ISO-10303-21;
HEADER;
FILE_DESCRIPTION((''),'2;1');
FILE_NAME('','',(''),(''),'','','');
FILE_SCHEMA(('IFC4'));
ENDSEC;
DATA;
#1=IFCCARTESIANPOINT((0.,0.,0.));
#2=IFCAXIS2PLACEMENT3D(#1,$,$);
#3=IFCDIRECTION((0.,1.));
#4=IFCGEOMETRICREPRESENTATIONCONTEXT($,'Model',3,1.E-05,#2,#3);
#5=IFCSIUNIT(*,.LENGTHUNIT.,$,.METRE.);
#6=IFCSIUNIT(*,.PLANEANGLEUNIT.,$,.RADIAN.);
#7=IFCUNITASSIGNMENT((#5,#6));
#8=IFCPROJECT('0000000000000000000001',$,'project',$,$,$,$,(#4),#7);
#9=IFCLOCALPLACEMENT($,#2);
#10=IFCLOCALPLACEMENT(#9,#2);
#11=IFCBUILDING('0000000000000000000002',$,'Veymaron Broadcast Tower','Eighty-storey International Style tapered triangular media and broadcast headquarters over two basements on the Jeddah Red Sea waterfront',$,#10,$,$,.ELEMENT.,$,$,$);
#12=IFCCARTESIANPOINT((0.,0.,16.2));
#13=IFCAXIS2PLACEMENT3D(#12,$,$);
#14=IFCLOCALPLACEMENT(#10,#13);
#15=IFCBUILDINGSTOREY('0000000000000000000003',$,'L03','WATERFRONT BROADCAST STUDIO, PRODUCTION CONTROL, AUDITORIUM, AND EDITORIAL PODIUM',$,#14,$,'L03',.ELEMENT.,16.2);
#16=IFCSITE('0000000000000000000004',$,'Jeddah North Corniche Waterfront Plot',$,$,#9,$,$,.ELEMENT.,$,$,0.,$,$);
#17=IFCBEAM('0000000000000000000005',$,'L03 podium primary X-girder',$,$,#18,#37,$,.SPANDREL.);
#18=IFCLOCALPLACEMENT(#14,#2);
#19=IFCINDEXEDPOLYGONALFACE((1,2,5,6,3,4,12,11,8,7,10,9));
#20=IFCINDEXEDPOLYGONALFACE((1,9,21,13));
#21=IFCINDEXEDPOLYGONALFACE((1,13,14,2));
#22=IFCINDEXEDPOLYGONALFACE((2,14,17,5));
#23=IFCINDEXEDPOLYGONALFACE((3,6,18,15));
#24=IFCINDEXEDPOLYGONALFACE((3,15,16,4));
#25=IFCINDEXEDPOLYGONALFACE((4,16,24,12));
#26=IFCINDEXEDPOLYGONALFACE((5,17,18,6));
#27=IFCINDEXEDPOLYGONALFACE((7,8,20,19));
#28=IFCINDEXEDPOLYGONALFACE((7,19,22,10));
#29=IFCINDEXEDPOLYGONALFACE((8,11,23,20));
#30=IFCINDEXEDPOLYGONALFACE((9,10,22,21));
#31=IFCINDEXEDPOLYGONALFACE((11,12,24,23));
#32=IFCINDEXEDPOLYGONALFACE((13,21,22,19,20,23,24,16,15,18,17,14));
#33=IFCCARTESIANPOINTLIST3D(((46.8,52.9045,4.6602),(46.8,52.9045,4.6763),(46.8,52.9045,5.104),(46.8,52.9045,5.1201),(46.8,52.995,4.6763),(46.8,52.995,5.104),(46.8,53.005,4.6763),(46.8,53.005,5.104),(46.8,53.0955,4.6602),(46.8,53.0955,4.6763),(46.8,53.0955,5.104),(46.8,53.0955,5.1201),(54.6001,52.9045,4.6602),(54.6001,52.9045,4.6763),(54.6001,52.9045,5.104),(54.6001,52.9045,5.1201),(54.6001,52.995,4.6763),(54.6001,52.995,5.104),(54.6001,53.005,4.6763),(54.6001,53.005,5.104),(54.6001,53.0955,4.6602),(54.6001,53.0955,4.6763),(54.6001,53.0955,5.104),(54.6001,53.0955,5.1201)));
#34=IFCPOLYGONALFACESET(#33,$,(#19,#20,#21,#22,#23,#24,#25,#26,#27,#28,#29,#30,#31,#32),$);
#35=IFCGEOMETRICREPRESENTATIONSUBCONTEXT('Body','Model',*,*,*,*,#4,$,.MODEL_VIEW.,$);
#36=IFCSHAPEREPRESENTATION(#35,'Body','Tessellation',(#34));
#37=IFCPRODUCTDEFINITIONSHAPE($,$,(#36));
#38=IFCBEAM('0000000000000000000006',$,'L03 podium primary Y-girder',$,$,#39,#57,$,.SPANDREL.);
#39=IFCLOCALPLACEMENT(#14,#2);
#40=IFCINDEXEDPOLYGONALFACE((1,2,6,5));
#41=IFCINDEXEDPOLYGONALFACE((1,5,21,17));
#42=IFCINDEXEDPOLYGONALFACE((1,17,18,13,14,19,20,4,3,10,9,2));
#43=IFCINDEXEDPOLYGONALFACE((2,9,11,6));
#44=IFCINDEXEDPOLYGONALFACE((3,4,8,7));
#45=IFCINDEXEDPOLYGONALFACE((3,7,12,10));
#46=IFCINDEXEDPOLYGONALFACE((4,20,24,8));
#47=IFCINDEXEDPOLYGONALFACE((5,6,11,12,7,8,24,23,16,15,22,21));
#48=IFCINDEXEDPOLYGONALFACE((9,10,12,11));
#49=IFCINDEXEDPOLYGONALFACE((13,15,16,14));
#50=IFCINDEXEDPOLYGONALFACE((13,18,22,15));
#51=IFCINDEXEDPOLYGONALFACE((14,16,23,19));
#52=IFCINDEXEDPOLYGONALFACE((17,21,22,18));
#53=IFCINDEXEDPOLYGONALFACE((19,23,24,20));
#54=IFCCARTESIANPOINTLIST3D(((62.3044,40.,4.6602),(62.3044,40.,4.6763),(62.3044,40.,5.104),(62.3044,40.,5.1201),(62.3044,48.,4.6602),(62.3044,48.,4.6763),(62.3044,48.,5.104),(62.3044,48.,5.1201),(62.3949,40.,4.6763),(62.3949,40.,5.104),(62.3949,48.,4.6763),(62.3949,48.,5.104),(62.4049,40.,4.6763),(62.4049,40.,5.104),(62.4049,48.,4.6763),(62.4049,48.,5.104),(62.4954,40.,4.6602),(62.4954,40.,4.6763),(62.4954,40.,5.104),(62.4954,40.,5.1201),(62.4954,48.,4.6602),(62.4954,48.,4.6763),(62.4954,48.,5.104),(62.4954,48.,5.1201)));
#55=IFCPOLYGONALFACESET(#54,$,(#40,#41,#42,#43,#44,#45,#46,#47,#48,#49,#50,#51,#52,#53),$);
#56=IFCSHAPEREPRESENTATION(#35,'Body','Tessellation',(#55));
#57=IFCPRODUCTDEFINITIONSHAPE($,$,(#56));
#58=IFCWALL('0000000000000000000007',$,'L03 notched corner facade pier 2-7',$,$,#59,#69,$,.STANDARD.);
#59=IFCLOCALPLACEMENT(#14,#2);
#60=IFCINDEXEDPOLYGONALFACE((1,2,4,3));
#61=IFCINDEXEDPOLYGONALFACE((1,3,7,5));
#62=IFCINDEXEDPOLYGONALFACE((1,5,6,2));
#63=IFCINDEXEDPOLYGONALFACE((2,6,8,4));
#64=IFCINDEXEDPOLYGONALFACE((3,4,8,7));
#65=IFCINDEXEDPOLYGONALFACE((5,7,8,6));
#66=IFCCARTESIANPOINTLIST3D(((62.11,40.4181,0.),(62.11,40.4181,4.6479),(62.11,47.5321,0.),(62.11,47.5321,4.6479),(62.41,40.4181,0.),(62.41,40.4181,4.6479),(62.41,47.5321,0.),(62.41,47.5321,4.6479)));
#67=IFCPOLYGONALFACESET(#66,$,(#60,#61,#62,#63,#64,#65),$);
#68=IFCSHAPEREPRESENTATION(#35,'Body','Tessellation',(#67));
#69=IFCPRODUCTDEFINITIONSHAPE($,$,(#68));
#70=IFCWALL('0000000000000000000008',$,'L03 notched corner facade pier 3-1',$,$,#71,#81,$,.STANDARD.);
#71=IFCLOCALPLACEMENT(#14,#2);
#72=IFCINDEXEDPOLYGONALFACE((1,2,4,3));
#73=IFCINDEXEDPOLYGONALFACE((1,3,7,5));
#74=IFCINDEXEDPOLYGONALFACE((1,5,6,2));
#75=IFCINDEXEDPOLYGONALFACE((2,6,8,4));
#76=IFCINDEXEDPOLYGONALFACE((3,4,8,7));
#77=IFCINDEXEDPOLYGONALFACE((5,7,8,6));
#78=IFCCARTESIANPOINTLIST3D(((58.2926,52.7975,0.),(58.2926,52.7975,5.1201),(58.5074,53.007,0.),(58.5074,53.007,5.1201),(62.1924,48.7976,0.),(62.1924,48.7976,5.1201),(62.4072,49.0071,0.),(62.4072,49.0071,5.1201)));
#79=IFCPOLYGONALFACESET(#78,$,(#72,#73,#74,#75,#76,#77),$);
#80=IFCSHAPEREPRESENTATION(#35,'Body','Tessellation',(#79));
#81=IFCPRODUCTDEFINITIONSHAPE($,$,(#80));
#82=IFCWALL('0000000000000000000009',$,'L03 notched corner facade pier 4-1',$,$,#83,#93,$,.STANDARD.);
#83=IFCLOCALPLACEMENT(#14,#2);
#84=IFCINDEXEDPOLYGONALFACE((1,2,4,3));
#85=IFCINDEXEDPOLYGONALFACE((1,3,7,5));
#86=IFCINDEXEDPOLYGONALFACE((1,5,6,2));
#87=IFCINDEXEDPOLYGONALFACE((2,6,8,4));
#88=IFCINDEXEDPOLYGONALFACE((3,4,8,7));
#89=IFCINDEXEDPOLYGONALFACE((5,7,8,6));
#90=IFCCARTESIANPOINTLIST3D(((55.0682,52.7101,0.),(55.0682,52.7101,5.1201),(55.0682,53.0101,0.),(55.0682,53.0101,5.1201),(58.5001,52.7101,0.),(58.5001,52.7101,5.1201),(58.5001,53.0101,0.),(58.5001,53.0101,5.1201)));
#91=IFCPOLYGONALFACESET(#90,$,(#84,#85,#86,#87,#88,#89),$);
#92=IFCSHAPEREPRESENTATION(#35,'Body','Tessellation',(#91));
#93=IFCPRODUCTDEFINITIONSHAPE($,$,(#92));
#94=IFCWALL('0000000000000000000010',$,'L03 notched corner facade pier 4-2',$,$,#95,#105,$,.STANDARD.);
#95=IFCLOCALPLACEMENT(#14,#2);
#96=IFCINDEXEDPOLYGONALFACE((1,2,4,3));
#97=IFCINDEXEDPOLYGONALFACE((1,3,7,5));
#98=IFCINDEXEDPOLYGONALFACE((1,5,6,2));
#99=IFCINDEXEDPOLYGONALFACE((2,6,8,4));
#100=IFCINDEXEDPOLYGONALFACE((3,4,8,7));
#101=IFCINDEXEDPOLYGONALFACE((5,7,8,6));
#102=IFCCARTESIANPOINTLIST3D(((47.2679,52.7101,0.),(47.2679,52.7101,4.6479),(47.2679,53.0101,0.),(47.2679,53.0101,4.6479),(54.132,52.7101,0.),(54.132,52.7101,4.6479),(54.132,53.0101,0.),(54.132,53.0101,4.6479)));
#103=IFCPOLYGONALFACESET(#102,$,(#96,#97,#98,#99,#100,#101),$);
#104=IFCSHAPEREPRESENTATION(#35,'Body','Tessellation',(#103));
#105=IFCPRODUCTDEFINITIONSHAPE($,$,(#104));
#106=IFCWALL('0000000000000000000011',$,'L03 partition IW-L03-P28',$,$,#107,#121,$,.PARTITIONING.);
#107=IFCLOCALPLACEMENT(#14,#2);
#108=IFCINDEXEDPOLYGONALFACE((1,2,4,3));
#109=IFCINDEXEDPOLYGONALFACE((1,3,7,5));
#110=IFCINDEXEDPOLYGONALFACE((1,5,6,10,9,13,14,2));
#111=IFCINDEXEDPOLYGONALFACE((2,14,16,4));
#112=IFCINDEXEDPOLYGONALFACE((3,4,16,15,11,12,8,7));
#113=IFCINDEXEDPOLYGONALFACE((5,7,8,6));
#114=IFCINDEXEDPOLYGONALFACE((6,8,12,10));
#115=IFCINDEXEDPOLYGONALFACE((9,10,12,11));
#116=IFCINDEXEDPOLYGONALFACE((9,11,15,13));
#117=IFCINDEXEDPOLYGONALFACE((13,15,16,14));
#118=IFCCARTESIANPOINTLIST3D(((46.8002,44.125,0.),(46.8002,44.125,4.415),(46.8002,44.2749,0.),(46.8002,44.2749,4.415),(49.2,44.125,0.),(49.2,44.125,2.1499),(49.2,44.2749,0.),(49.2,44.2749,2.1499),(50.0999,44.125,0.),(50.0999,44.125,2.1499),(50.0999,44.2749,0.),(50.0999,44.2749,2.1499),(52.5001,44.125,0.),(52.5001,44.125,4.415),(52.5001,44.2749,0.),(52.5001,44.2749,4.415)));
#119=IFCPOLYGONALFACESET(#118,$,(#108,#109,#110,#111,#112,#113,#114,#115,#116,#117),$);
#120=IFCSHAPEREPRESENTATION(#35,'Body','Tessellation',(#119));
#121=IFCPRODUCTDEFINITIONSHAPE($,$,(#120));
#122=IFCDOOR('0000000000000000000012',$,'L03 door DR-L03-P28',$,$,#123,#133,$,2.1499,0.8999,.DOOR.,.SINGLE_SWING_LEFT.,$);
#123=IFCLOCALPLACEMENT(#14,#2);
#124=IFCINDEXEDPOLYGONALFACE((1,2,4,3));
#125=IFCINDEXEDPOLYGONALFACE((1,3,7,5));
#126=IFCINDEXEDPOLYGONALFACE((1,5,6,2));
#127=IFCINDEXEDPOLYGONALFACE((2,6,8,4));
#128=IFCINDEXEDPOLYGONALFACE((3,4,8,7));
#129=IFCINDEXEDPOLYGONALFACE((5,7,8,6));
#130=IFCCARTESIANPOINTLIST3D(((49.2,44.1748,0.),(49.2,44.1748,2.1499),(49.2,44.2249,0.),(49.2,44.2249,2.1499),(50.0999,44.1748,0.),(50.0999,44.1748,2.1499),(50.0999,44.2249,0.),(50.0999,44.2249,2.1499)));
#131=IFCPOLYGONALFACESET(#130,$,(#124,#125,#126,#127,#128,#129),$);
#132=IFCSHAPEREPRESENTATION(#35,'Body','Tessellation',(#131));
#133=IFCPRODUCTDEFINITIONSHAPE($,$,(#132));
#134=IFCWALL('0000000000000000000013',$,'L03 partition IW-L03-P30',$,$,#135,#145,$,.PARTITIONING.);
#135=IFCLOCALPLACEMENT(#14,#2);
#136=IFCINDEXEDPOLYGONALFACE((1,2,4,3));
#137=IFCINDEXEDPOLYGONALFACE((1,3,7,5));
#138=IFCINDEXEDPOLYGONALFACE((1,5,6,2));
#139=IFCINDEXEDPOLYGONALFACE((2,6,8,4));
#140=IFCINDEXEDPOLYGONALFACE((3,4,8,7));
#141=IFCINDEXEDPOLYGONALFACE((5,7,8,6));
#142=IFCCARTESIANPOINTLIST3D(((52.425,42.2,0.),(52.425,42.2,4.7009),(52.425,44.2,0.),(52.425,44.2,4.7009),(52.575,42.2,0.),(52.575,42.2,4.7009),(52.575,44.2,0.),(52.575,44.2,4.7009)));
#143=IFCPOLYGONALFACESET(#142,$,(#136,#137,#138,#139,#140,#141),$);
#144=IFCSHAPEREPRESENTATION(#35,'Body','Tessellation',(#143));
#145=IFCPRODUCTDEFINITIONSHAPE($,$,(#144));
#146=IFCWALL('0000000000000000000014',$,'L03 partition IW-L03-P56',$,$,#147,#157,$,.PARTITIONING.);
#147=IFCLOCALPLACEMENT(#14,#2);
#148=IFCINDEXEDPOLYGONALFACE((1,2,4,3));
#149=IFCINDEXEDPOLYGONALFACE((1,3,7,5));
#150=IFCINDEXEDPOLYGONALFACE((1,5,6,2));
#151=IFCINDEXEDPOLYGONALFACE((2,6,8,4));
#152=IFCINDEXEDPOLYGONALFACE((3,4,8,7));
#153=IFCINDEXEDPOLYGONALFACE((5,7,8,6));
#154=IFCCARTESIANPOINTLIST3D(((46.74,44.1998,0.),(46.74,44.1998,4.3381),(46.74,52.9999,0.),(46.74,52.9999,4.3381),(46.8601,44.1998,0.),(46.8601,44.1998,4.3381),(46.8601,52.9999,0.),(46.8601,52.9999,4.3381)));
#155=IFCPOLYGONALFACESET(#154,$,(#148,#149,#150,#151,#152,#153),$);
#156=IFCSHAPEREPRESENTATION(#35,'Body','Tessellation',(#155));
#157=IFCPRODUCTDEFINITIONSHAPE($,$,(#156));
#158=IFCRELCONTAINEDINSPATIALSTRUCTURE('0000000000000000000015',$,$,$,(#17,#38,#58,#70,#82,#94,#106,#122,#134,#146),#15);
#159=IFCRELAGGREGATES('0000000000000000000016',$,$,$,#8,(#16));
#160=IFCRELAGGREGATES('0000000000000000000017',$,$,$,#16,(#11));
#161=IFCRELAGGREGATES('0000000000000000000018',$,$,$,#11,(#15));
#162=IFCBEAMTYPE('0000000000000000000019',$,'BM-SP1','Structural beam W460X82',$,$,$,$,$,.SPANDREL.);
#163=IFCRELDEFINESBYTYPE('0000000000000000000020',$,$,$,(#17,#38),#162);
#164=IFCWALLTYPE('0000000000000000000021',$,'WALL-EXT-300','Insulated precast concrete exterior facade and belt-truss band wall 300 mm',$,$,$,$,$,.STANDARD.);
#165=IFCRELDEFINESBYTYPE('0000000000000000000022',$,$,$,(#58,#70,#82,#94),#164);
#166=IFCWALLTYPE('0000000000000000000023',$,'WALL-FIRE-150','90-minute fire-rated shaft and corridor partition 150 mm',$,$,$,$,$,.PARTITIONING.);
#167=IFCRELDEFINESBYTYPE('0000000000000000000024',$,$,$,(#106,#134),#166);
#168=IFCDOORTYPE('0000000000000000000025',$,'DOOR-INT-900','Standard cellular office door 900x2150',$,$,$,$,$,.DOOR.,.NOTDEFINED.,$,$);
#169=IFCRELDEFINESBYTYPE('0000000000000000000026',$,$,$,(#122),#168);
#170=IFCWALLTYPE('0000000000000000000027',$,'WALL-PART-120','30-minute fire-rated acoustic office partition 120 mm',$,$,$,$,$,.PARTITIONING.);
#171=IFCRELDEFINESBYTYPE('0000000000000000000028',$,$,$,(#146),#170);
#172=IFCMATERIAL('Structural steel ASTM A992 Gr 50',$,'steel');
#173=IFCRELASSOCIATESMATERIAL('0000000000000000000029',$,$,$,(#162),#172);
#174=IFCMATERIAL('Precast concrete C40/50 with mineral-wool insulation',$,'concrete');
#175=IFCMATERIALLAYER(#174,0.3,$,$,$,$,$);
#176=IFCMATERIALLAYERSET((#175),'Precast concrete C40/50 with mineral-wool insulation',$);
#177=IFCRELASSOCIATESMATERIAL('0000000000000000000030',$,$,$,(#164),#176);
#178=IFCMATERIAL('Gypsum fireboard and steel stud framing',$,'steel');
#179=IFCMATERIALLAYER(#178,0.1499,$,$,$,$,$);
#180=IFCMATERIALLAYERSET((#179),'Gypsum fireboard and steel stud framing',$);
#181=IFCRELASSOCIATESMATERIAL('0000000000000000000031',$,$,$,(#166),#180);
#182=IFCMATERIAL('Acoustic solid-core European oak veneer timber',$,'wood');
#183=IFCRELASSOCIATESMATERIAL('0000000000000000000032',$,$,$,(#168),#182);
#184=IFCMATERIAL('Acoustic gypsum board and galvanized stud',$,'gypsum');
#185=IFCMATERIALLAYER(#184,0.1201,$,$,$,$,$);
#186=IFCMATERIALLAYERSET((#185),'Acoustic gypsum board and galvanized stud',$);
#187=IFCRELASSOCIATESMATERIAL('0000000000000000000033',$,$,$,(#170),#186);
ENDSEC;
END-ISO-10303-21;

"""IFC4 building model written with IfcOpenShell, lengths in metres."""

from ifc_helpers import new_model, si_unit, direction, frame, frame_2d, origin, origin_2d, place, context, subcontext, project, spatial, rectangle, i_section, extrude, material, layer, layer_set, material_profile, profile_set, type_object, element, fill, save


model = new_model("IFC4")

# Units and contexts
model_context = context("Model", 3, precision=1e-05, world=origin(), true_north=direction((0.0, 1.0)))
body_context = subcontext(model_context, "Body", "Model", "MODEL_VIEW")
ifc_project = project(units=[si_unit("LENGTHUNIT", "METRE"), si_unit("PLANEANGLEUNIT", "RADIAN")], contexts=[model_context])

# Site, building, storey
site_placement = place(None, origin())
site = spatial("IfcSite", under=ifc_project, at=site_placement, Name="Jeddah North Corniche Waterfront Plot", CompositionType="ELEMENT", RefElevation=0.0)
building_placement = place(site_placement, origin())
building = spatial("IfcBuilding", under=site, at=building_placement, Name="Veymaron Broadcast Tower", Description="Eighty-storey International Style tapered triangular media and broadcast headquarters over two basements on the Jeddah Red Sea waterfront", CompositionType="ELEMENT")
storey_placement = place(building_placement, frame((0.0, 0.0, 16.2)))
storey = spatial("IfcBuildingStorey", under=building, at=storey_placement, Name="L03", Description="WATERFRONT BROADCAST STUDIO, PRODUCTION CONTROL, AUDITORIUM, AND EDITORIAL PODIUM", LongName="L03", CompositionType="ELEMENT", Elevation=16.2)

# Shared definitions
ifc_material_1 = material(Name="Structural steel ASTM A992 Gr 50", Category="steel")

# Beams
ifc_material_profile_1 = material_profile(ifc_material_1, i_section(OverallWidth=0.1909, OverallDepth=0.46, WebThickness=0.01, FlangeThickness=0.0161, at=origin_2d()), Name="W460X82")
ifc_profile_set_1 = profile_set([ifc_material_profile_1], Name="Structural steel ASTM A992 Gr 50")
beam_type_1 = type_object("IfcBeamType", Name="BM-SP1", Description="Structural beam W460X82", PredefinedType="SPANDREL", material=ifc_profile_set_1)
beam_1_placement = place(storey_placement, frame((46.8, 53.0, 4.8901), z_axis=(1.0, 0.0, 0.0), x_axis=(0.0, 1.0, 0.0)))
element("IfcBeam", 1, at=beam_1_placement, inside=storey, type_object=beam_type_1, Name="L03 podium primary X-girder", PredefinedType="SPANDREL", context=body_context, shape_type="SweptSolid", body=[
    extrude(i_section(OverallWidth=0.1909, OverallDepth=0.46, WebThickness=0.01, FlangeThickness=0.0161, at=origin_2d()), origin(), (0.0, 0.0, 1.0), 7.8),
])
beam_2_placement = place(storey_placement, frame((62.3999, 40.0, 4.8901), z_axis=(0.0, 1.0, 0.0), x_axis=(-1.0, 0.0, 0.0)))
element("IfcBeam", 2, at=beam_2_placement, inside=storey, type_object=beam_type_1, Name="L03 podium primary Y-girder", PredefinedType="SPANDREL", context=body_context, shape_type="SweptSolid", body=[
    extrude(i_section(OverallWidth=0.1909, OverallDepth=0.46, WebThickness=0.01, FlangeThickness=0.0161, at=origin_2d()), origin(), (0.0, 0.0, 1.0), 8.0),
])

# Walls
ifc_material_2 = material(Name="Precast concrete C40/50 with mineral-wool insulation", Category="concrete")
ifc_layer_1 = layer(ifc_material_2, 0.3)
ifc_layer_set_1 = layer_set([ifc_layer_1], Name="Precast concrete C40/50 with mineral-wool insulation")
wall_type_1 = type_object("IfcWallType", Name="WALL-EXT-300", Description="Insulated precast concrete exterior facade and belt-truss band wall 300 mm", PredefinedType="STANDARD", material=ifc_layer_set_1)
wall_1_placement = place(storey_placement, frame((62.26, 40.418, 0.0), z_axis=(0.0, 0.0, 1.0), x_axis=(0.0, 1.0, 0.0)))
element("IfcWall", 3, at=wall_1_placement, inside=storey, type_object=wall_type_1, Name="L03 notched corner facade pier 2-7", PredefinedType="STANDARD", context=body_context, shape_type="SweptSolid", body=[
    extrude(rectangle(XDim=7.114, YDim=0.3, at=frame_2d((3.5571, 0.0))), origin(), (0.0, 0.0, 1.0), 4.6479),
])
wall_2_placement = place(storey_placement, frame((62.2998, 48.9023, 0.0), z_axis=(0.0, 0.0, 1.0), x_axis=(-0.698091, 0.716009, 0.0)))
element("IfcWall", 4, at=wall_2_placement, inside=storey, type_object=wall_type_1, Name="L03 notched corner facade pier 3-1", PredefinedType="STANDARD", context=body_context, shape_type="SweptSolid", body=[
    extrude(rectangle(XDim=5.5864, YDim=0.3, at=frame_2d((2.7932, 0.0))), origin(), (0.0, 0.0, 1.0), 5.1201),
])
wall_3_placement = place(storey_placement, frame((58.5, 52.8601, 0.0), z_axis=(0.0, 0.0, 1.0), x_axis=(-1.0, 0.0, 0.0)))
element("IfcWall", 5, at=wall_3_placement, inside=storey, type_object=wall_type_1, Name="L03 notched corner facade pier 4-1", PredefinedType="STANDARD", context=body_context, shape_type="SweptSolid", body=[
    extrude(rectangle(XDim=3.4319, YDim=0.3, at=frame_2d((1.7158, 0.0))), origin(), (0.0, 0.0, 1.0), 5.1201),
])
wall_4_placement = place(storey_placement, frame((54.1321, 52.8601, 0.0), z_axis=(0.0, 0.0, 1.0), x_axis=(-1.0, 0.0, 0.0)))
element("IfcWall", 6, at=wall_4_placement, inside=storey, type_object=wall_type_1, Name="L03 notched corner facade pier 4-2", PredefinedType="STANDARD", context=body_context, shape_type="SweptSolid", body=[
    extrude(rectangle(XDim=6.864, YDim=0.3, at=frame_2d((3.4321, 0.0))), origin(), (0.0, 0.0, 1.0), 4.6479),
])

# Wall, opening, door
ifc_material_3 = material(Name="Gypsum fireboard and steel stud framing", Category="steel")
ifc_layer_2 = layer(ifc_material_3, 0.1499)
ifc_layer_set_2 = layer_set([ifc_layer_2], Name="Gypsum fireboard and steel stud framing")
wall_type_2 = type_object("IfcWallType", Name="WALL-FIRE-150", Description="90-minute fire-rated shaft and corridor partition 150 mm", PredefinedType="PARTITIONING", material=ifc_layer_set_2)
wall_5_placement = place(storey_placement, frame((46.8, 44.2, 0.0), z_axis=(0.0, 0.0, 1.0), x_axis=(1.0, 0.0, 0.0)))
wall_5 = element("IfcWall", 7, at=wall_5_placement, inside=storey, type_object=wall_type_2, Name="L03 partition IW-L03-P28", PredefinedType="PARTITIONING", context=body_context, shape_type="SweptSolid", body=[
    extrude(rectangle(XDim=5.7, YDim=0.1499, at=frame_2d((2.8501, 0.0))), origin(), (0.0, 0.0, 1.0), 4.415),
])
opening_placement = place(wall_5_placement, frame((2.3999, 0.0, 0.0)))
opening = element("IfcOpeningElement", 8, at=opening_placement, cuts=wall_5, PredefinedType="OPENING", context=body_context, shape_type="SweptSolid", body=[
    extrude(rectangle(XDim=0.8999, YDim=2.1499, at=frame_2d((0.45, 1.075))), frame((0.0, 0.085, 0.0), z_axis=(0.0, -1.0, 0.0), x_axis=(1.0, 0.0, 0.0)), (0.0, 0.0, 1.0), 0.1699),
])
ifc_material_4 = material(Name="Acoustic solid-core European oak veneer timber", Category="wood")
door_type = type_object("IfcDoorType", Name="DOOR-INT-900", Description="Standard cellular office door 900x2150", OperationType="NOTDEFINED", PredefinedType="DOOR", material=ifc_material_4)
door_placement = place(opening_placement, origin())
door = element("IfcDoor", 9, at=door_placement, inside=storey, type_object=door_type, Name="L03 door DR-L03-P28", OperationType="SINGLE_SWING_LEFT", OverallHeight=2.1499, OverallWidth=0.8999, PredefinedType="DOOR", context=body_context, shape_type="SweptSolid", body=[
    extrude(rectangle(XDim=0.8999, YDim=2.1499, at=frame_2d((0.45, 1.075))), frame((0.0, 0.0249, 0.0), z_axis=(0.0, -1.0, 0.0), x_axis=(1.0, 0.0, 0.0)), (0.0, 0.0, 1.0), 0.05),
])
fill(opening, door)

# Walls
wall_6_placement = place(storey_placement, frame((52.5, 42.2, 0.0), z_axis=(0.0, 0.0, 1.0), x_axis=(0.0, 1.0, 0.0)))
element("IfcWall", 10, at=wall_6_placement, inside=storey, type_object=wall_type_2, Name="L03 partition IW-L03-P30", PredefinedType="PARTITIONING", context=body_context, shape_type="SweptSolid", body=[
    extrude(rectangle(XDim=2.0, YDim=0.1499, at=frame_2d((1.0, 0.0))), origin(), (0.0, 0.0, 1.0), 4.7009),
])
ifc_material_5 = material(Name="Acoustic gypsum board and galvanized stud", Category="gypsum")
ifc_layer_3 = layer(ifc_material_5, 0.1201)
ifc_layer_set_3 = layer_set([ifc_layer_3], Name="Acoustic gypsum board and galvanized stud")
wall_type_3 = type_object("IfcWallType", Name="WALL-PART-120", Description="30-minute fire-rated acoustic office partition 120 mm", PredefinedType="PARTITIONING", material=ifc_layer_set_3)
wall_7_placement = place(storey_placement, frame((46.8, 44.2, 0.0), z_axis=(0.0, 0.0, 1.0), x_axis=(0.0, 1.0, 0.0)))
element("IfcWall", 11, at=wall_7_placement, inside=storey, type_object=wall_type_3, Name="L03 partition IW-L03-P56", PredefinedType="PARTITIONING", context=body_context, shape_type="SweptSolid", body=[
    extrude(rectangle(XDim=8.8, YDim=0.1201, at=frame_2d((4.3999, 0.0))), origin(), (0.0, 0.0, 1.0), 4.3381),
])

save(model, "model.ifc")
